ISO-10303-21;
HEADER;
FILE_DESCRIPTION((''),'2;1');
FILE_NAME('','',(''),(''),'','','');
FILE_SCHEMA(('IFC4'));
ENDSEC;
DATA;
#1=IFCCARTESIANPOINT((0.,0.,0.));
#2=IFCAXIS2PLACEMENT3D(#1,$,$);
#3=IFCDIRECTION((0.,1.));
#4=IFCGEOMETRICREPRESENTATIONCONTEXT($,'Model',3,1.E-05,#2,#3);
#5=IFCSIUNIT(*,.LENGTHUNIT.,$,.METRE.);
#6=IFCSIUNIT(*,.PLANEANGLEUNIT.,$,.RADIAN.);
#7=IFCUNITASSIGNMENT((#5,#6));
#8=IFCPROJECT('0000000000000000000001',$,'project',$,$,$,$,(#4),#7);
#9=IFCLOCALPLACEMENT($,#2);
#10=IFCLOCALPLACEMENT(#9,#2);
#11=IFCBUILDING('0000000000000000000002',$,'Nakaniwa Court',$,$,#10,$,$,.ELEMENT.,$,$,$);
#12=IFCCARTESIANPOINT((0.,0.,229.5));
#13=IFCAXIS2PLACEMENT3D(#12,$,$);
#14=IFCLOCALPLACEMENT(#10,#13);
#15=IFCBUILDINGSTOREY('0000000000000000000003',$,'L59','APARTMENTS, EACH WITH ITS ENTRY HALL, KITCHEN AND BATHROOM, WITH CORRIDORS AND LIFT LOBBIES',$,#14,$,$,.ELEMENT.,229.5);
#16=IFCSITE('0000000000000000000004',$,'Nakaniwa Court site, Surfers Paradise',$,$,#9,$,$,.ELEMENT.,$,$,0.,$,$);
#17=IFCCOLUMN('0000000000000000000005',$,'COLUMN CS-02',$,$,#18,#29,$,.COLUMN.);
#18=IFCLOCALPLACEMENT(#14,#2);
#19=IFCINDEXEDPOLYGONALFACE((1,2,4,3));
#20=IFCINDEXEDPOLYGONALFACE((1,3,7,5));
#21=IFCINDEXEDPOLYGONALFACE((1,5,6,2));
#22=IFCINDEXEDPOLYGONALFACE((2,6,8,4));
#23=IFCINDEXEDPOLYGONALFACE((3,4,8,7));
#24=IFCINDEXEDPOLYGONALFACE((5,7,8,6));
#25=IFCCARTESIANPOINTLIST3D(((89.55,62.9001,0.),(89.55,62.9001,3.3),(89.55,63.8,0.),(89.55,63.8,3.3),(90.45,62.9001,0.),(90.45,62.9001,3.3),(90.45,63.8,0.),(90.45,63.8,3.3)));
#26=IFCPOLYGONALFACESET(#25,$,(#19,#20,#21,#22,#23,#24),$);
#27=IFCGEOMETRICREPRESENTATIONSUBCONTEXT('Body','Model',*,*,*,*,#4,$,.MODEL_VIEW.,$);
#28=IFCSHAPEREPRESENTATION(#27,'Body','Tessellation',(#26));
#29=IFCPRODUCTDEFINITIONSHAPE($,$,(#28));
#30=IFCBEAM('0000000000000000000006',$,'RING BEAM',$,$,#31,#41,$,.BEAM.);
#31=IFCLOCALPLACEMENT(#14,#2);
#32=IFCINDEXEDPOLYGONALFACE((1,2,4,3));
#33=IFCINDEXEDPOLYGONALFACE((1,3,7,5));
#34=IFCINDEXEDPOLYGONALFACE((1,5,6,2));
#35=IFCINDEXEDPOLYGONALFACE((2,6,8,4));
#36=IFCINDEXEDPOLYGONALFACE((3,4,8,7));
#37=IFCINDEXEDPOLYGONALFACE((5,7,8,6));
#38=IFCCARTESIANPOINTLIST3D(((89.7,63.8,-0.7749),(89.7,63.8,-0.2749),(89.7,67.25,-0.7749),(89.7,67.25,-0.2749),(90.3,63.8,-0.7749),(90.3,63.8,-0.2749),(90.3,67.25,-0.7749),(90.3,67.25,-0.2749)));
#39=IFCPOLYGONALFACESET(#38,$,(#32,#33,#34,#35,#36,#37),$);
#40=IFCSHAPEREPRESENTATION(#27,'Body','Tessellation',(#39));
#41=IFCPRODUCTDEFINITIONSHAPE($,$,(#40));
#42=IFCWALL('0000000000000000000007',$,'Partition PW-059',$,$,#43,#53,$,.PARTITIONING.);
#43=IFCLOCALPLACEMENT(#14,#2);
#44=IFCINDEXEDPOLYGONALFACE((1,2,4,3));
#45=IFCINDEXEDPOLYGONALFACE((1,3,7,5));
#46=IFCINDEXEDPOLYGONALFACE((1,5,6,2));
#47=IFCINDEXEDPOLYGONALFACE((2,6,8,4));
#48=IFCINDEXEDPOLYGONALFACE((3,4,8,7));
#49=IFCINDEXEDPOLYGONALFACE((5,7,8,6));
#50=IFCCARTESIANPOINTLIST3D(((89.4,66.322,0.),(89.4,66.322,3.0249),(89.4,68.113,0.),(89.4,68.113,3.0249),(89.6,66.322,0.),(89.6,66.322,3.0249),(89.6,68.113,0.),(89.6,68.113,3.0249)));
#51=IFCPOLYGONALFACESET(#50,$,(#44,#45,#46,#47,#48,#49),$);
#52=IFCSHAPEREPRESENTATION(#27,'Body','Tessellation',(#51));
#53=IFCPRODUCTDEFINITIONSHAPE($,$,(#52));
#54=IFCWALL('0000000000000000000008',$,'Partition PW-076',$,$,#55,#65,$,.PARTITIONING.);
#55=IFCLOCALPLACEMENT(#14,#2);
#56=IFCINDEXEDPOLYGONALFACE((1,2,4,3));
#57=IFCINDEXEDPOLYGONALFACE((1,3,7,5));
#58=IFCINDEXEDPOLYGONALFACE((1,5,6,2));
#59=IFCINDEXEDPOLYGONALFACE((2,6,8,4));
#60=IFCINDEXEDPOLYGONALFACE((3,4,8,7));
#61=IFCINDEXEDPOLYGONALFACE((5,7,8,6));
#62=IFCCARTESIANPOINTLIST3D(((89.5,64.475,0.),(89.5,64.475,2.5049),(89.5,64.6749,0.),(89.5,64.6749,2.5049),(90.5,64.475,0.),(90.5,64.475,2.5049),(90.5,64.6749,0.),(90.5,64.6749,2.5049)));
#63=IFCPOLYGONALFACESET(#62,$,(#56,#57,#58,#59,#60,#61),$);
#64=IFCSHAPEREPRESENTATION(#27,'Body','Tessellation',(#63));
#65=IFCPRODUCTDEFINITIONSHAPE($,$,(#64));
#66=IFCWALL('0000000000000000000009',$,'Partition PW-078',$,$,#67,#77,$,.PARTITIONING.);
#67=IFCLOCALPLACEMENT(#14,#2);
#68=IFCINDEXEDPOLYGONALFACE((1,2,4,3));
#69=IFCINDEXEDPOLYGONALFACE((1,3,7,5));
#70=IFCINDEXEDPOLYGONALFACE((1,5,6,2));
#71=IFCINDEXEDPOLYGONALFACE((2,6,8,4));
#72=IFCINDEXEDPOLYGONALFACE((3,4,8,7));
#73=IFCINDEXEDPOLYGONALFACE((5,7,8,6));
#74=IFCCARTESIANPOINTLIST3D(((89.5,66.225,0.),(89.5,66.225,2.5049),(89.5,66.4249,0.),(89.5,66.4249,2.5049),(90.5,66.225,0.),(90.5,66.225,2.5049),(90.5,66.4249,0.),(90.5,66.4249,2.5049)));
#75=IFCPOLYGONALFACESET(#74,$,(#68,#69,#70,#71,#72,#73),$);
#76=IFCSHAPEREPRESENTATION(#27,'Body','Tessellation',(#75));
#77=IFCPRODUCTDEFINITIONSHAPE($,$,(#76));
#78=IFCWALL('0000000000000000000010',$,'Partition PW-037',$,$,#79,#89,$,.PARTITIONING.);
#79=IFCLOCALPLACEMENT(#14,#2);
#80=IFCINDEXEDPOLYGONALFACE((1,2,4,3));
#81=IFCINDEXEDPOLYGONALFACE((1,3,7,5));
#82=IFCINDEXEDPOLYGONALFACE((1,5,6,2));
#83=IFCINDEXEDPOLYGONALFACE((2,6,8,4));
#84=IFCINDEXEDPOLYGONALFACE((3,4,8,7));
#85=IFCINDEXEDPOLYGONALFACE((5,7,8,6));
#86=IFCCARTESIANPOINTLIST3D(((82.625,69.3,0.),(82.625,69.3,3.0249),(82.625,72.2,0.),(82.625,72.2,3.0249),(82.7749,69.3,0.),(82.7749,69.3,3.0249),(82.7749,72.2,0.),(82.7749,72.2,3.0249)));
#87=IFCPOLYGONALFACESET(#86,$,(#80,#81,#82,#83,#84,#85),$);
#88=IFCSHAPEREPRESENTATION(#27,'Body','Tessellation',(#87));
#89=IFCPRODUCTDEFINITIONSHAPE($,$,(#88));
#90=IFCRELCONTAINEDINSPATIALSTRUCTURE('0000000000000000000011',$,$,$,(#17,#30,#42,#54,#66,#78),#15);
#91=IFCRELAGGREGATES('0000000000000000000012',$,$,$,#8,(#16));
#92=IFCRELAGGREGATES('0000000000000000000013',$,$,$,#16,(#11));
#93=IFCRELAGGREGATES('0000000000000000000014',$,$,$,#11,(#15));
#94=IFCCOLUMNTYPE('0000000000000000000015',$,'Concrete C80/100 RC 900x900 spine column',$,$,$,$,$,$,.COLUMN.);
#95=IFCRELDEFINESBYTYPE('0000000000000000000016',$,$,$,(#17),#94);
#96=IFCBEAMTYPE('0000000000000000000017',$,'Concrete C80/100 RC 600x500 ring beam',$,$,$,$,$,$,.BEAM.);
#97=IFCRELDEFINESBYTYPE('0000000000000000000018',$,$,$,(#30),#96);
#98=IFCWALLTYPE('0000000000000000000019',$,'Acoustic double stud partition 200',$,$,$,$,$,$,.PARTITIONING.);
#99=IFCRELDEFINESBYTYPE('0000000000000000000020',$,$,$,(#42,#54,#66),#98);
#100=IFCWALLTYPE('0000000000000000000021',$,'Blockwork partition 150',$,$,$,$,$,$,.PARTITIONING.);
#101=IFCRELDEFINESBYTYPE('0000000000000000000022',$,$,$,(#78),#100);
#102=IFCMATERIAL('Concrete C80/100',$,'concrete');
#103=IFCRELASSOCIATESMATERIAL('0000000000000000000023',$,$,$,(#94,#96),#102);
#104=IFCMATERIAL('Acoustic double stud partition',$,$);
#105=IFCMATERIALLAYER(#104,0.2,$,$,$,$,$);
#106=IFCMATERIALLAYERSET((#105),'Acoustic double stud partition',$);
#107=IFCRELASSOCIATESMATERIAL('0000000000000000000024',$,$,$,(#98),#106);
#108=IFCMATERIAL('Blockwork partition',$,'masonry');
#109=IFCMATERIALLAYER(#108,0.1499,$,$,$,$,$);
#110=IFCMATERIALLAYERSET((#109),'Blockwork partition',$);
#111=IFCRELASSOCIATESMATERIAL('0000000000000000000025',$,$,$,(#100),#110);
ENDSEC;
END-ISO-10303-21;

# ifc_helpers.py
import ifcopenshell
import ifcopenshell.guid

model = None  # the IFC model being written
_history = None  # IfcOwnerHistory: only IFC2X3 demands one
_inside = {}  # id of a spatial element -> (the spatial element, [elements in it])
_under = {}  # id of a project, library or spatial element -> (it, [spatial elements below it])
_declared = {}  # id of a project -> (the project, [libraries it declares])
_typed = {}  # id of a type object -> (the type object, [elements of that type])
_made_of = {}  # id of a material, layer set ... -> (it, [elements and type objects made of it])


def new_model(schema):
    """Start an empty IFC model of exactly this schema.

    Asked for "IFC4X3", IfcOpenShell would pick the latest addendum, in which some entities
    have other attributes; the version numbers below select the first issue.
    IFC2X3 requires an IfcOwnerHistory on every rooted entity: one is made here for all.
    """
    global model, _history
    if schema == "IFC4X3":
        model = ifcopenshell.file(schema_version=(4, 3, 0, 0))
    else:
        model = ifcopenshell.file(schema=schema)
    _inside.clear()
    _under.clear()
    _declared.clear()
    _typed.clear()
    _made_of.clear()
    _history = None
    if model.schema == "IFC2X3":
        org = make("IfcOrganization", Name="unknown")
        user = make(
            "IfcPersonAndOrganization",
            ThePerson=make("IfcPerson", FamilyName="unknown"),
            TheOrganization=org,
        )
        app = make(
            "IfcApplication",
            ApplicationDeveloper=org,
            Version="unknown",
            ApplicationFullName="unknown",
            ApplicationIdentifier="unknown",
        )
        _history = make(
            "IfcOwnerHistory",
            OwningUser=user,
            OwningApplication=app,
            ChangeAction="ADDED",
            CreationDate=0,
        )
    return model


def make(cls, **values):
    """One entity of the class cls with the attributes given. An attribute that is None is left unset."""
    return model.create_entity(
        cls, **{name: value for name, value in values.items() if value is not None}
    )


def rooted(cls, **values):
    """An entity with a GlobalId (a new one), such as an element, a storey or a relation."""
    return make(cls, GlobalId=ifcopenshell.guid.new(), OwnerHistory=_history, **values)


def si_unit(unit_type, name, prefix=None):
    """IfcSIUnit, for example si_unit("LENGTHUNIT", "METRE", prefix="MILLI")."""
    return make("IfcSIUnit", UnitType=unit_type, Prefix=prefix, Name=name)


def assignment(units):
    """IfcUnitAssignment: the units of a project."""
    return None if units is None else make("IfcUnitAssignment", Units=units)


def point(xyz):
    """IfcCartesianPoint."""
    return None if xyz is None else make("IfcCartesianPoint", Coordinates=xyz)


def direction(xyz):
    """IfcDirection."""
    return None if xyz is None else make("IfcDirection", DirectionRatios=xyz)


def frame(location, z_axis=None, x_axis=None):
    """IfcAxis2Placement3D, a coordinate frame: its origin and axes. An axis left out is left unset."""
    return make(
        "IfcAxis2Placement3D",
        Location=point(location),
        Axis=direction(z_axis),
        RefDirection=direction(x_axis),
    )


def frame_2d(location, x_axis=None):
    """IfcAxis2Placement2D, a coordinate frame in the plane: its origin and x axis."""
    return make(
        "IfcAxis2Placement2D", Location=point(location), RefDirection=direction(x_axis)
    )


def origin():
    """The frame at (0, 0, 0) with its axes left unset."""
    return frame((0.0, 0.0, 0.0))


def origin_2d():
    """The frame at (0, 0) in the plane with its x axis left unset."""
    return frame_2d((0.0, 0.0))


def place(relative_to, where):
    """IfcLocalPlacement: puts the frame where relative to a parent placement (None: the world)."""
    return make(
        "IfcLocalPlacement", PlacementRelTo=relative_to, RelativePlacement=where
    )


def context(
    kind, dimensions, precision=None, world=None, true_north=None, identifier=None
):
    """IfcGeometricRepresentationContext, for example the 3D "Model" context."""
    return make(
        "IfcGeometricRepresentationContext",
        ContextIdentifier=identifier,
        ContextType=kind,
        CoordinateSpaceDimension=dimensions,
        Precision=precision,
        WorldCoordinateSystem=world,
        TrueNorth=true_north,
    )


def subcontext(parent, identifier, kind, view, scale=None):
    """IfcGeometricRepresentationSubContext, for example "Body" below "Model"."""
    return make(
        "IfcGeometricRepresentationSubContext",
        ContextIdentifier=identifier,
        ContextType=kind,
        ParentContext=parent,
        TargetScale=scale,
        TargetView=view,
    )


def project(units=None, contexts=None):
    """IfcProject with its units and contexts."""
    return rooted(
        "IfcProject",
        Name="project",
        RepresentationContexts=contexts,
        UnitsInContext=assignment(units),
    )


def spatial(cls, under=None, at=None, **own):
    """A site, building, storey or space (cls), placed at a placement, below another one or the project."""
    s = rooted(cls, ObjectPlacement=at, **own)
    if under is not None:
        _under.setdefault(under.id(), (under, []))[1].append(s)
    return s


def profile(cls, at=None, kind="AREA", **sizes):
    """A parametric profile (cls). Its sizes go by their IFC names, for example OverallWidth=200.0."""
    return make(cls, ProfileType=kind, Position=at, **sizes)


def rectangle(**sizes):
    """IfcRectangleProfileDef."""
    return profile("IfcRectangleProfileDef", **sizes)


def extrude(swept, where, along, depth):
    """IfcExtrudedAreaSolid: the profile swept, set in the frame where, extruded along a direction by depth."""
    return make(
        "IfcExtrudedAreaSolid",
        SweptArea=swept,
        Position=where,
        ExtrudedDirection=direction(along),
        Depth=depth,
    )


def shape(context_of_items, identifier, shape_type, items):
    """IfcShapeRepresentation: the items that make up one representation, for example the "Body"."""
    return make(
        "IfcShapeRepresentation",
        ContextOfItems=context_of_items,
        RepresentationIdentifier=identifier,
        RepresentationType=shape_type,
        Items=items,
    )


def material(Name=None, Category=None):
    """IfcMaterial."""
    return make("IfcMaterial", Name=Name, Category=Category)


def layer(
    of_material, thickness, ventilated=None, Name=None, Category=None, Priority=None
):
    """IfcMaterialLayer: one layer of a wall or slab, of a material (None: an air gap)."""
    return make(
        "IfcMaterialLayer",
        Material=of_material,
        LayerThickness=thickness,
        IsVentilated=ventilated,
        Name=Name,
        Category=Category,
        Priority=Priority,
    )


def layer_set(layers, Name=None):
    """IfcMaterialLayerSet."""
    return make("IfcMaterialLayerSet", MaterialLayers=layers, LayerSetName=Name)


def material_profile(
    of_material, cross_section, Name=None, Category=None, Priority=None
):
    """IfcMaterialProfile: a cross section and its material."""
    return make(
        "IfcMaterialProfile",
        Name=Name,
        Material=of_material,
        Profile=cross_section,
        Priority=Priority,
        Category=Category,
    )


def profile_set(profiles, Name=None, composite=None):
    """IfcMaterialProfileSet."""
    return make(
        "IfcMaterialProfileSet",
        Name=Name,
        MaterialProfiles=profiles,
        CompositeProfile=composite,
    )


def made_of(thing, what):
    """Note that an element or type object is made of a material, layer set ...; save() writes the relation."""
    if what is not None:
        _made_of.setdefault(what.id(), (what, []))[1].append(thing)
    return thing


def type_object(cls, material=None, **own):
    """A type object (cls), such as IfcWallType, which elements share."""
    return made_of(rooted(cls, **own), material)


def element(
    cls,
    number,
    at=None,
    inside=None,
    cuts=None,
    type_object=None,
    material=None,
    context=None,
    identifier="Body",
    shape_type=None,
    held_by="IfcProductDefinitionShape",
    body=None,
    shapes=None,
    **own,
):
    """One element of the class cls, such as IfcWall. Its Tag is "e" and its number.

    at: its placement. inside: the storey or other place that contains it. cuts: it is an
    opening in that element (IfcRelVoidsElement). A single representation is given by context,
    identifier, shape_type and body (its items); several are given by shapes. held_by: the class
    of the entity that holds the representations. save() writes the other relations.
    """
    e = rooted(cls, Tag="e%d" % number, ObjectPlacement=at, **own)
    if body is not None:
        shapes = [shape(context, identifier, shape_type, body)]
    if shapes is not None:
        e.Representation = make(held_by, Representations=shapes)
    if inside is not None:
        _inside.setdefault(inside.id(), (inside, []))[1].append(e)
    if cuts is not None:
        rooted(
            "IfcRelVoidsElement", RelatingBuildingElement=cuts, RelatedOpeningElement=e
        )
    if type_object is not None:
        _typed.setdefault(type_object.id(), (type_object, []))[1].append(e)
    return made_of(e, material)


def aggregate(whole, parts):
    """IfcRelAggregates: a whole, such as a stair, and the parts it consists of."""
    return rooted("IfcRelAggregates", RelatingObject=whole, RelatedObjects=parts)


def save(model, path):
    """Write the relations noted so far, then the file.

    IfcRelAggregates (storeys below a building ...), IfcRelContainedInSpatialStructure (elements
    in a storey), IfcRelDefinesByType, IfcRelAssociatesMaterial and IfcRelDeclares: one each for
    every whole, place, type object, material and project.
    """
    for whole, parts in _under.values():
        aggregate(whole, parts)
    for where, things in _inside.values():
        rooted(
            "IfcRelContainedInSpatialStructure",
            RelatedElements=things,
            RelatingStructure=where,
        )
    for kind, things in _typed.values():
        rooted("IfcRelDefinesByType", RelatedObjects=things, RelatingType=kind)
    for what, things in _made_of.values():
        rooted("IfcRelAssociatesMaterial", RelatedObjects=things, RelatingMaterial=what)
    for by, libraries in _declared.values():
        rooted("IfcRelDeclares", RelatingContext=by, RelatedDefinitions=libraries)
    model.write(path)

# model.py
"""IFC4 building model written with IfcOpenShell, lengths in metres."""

from ifc_helpers import new_model, si_unit, direction, frame, frame_2d, origin, origin_2d, place, context, subcontext, project, spatial, rectangle, extrude, material, layer, layer_set, material_profile, profile_set, type_object, element, save


model = new_model("IFC4")

# Units and contexts
model_context = context("Model", 3, precision=1e-05, world=origin(), true_north=direction((0.0, 1.0)))
body_context = subcontext(model_context, "Body", "Model", "MODEL_VIEW")
ifc_project = project(units=[si_unit("LENGTHUNIT", "METRE"), si_unit("PLANEANGLEUNIT", "RADIAN")], contexts=[model_context])

# Site, building, storey
site_placement = place(None, origin())
site = spatial("IfcSite", under=ifc_project, at=site_placement, Name="Nakaniwa Court site, Surfers Paradise", CompositionType="ELEMENT", RefElevation=0.0)
building_placement = place(site_placement, origin())
building = spatial("IfcBuilding", under=site, at=building_placement, Name="Nakaniwa Court", CompositionType="ELEMENT")
storey_placement = place(building_placement, frame((0.0, 0.0, 229.5)))
storey = spatial("IfcBuildingStorey", under=building, at=storey_placement, Name="L59", Description="APARTMENTS, EACH WITH ITS ENTRY HALL, KITCHEN AND BATHROOM, WITH CORRIDORS AND LIFT LOBBIES", CompositionType="ELEMENT", Elevation=229.5)

# Column
ifc_material_1 = material(Name="Concrete C80/100", Category="concrete")
ifc_material_profile_1 = material_profile(ifc_material_1, rectangle(XDim=0.8999, YDim=0.8999, at=origin_2d()), Name="Concrete C80/100 RC 900x900 spine column")
ifc_profile_set_1 = profile_set([ifc_material_profile_1], Name="Concrete C80/100")
column_type = type_object("IfcColumnType", Name="Concrete C80/100 RC 900x900 spine column", PredefinedType="COLUMN", material=ifc_profile_set_1)
column_placement = place(storey_placement, frame((90.0, 63.3501, 0.0), z_axis=(0.0, 0.0, 1.0), x_axis=(0.0, 1.0, 0.0)))
element("IfcColumn", 1, at=column_placement, inside=storey, type_object=column_type, Name="COLUMN CS-02", PredefinedType="COLUMN", context=body_context, shape_type="SweptSolid", body=[
    extrude(rectangle(XDim=0.8999, YDim=0.8999, at=origin_2d()), origin(), (0.0, 0.0, 1.0), 3.3),
])

# Beam
ifc_material_profile_2 = material_profile(ifc_material_1, rectangle(XDim=0.6001, YDim=0.5, at=origin_2d()), Name="Concrete C80/100 RC 600x500 ring beam")
ifc_profile_set_2 = profile_set([ifc_material_profile_2], Name="Concrete C80/100")
beam_type = type_object("IfcBeamType", Name="Concrete C80/100 RC 600x500 ring beam", PredefinedType="BEAM", material=ifc_profile_set_2)
beam_placement = place(storey_placement, frame((90.0, 63.8, -0.5249), z_axis=(0.0, 1.0, 0.0), x_axis=(-1.0, 0.0, 0.0)))
element("IfcBeam", 2, at=beam_placement, inside=storey, type_object=beam_type, Name="RING BEAM", PredefinedType="BEAM", context=body_context, shape_type="SweptSolid", body=[
    extrude(rectangle(XDim=0.6001, YDim=0.5, at=origin_2d()), origin(), (0.0, 0.0, 1.0), 3.45),
])

# Walls
ifc_material_2 = material(Name="Acoustic double stud partition")
ifc_layer_1 = layer(ifc_material_2, 0.2)
ifc_layer_set_1 = layer_set([ifc_layer_1], Name="Acoustic double stud partition")
wall_type_1 = type_object("IfcWallType", Name="Acoustic double stud partition 200", PredefinedType="PARTITIONING", material=ifc_layer_set_1)
wall_1_placement = place(storey_placement, frame((89.5, 66.322, 0.0), z_axis=(0.0, 0.0, 1.0), x_axis=(0.0, 1.0, 0.0)))
element("IfcWall", 3, at=wall_1_placement, inside=storey, type_object=wall_type_1, Name="Partition PW-059", PredefinedType="PARTITIONING", context=body_context, shape_type="SweptSolid", body=[
    extrude(rectangle(XDim=1.791, YDim=0.2, at=frame_2d((0.8955, 0.0))), origin(), (0.0, 0.0, 1.0), 3.0249),
])
for number, where, z_axis, x_axis, name in (
    (4, (89.5, 64.575, 0.0), (0.0, 0.0, 1.0), (1.0, 0.0, 0.0), "Partition PW-076"),
    (5, (89.5, 66.325, 0.0), (0.0, 0.0, 1.0), (1.0, 0.0, 0.0), "Partition PW-078"),
):
    element("IfcWall", number, at=place(storey_placement, frame(where, z_axis=z_axis, x_axis=x_axis)), inside=storey, type_object=wall_type_1, Name=name, PredefinedType="PARTITIONING", context=body_context, shape_type="SweptSolid", body=[
        extrude(rectangle(XDim=1.0, YDim=0.2, at=frame_2d((0.5, 0.0))), origin(), (0.0, 0.0, 1.0), 2.5049),
    ])
ifc_material_3 = material(Name="Blockwork partition", Category="masonry")
ifc_layer_2 = layer(ifc_material_3, 0.1499)
ifc_layer_set_2 = layer_set([ifc_layer_2], Name="Blockwork partition")
wall_type_2 = type_object("IfcWallType", Name="Blockwork partition 150", PredefinedType="PARTITIONING", material=ifc_layer_set_2)
wall_2_placement = place(storey_placement, frame((82.7, 69.3, 0.0), z_axis=(0.0, 0.0, 1.0), x_axis=(0.0, 1.0, 0.0)))
element("IfcWall", 6, at=wall_2_placement, inside=storey, type_object=wall_type_2, Name="Partition PW-037", PredefinedType="PARTITIONING", context=body_context, shape_type="SweptSolid", body=[
    extrude(rectangle(XDim=2.8999, YDim=0.1499, at=frame_2d((1.45, 0.0))), origin(), (0.0, 0.0, 1.0), 3.0249),
])

save(model, "model.ifc")
